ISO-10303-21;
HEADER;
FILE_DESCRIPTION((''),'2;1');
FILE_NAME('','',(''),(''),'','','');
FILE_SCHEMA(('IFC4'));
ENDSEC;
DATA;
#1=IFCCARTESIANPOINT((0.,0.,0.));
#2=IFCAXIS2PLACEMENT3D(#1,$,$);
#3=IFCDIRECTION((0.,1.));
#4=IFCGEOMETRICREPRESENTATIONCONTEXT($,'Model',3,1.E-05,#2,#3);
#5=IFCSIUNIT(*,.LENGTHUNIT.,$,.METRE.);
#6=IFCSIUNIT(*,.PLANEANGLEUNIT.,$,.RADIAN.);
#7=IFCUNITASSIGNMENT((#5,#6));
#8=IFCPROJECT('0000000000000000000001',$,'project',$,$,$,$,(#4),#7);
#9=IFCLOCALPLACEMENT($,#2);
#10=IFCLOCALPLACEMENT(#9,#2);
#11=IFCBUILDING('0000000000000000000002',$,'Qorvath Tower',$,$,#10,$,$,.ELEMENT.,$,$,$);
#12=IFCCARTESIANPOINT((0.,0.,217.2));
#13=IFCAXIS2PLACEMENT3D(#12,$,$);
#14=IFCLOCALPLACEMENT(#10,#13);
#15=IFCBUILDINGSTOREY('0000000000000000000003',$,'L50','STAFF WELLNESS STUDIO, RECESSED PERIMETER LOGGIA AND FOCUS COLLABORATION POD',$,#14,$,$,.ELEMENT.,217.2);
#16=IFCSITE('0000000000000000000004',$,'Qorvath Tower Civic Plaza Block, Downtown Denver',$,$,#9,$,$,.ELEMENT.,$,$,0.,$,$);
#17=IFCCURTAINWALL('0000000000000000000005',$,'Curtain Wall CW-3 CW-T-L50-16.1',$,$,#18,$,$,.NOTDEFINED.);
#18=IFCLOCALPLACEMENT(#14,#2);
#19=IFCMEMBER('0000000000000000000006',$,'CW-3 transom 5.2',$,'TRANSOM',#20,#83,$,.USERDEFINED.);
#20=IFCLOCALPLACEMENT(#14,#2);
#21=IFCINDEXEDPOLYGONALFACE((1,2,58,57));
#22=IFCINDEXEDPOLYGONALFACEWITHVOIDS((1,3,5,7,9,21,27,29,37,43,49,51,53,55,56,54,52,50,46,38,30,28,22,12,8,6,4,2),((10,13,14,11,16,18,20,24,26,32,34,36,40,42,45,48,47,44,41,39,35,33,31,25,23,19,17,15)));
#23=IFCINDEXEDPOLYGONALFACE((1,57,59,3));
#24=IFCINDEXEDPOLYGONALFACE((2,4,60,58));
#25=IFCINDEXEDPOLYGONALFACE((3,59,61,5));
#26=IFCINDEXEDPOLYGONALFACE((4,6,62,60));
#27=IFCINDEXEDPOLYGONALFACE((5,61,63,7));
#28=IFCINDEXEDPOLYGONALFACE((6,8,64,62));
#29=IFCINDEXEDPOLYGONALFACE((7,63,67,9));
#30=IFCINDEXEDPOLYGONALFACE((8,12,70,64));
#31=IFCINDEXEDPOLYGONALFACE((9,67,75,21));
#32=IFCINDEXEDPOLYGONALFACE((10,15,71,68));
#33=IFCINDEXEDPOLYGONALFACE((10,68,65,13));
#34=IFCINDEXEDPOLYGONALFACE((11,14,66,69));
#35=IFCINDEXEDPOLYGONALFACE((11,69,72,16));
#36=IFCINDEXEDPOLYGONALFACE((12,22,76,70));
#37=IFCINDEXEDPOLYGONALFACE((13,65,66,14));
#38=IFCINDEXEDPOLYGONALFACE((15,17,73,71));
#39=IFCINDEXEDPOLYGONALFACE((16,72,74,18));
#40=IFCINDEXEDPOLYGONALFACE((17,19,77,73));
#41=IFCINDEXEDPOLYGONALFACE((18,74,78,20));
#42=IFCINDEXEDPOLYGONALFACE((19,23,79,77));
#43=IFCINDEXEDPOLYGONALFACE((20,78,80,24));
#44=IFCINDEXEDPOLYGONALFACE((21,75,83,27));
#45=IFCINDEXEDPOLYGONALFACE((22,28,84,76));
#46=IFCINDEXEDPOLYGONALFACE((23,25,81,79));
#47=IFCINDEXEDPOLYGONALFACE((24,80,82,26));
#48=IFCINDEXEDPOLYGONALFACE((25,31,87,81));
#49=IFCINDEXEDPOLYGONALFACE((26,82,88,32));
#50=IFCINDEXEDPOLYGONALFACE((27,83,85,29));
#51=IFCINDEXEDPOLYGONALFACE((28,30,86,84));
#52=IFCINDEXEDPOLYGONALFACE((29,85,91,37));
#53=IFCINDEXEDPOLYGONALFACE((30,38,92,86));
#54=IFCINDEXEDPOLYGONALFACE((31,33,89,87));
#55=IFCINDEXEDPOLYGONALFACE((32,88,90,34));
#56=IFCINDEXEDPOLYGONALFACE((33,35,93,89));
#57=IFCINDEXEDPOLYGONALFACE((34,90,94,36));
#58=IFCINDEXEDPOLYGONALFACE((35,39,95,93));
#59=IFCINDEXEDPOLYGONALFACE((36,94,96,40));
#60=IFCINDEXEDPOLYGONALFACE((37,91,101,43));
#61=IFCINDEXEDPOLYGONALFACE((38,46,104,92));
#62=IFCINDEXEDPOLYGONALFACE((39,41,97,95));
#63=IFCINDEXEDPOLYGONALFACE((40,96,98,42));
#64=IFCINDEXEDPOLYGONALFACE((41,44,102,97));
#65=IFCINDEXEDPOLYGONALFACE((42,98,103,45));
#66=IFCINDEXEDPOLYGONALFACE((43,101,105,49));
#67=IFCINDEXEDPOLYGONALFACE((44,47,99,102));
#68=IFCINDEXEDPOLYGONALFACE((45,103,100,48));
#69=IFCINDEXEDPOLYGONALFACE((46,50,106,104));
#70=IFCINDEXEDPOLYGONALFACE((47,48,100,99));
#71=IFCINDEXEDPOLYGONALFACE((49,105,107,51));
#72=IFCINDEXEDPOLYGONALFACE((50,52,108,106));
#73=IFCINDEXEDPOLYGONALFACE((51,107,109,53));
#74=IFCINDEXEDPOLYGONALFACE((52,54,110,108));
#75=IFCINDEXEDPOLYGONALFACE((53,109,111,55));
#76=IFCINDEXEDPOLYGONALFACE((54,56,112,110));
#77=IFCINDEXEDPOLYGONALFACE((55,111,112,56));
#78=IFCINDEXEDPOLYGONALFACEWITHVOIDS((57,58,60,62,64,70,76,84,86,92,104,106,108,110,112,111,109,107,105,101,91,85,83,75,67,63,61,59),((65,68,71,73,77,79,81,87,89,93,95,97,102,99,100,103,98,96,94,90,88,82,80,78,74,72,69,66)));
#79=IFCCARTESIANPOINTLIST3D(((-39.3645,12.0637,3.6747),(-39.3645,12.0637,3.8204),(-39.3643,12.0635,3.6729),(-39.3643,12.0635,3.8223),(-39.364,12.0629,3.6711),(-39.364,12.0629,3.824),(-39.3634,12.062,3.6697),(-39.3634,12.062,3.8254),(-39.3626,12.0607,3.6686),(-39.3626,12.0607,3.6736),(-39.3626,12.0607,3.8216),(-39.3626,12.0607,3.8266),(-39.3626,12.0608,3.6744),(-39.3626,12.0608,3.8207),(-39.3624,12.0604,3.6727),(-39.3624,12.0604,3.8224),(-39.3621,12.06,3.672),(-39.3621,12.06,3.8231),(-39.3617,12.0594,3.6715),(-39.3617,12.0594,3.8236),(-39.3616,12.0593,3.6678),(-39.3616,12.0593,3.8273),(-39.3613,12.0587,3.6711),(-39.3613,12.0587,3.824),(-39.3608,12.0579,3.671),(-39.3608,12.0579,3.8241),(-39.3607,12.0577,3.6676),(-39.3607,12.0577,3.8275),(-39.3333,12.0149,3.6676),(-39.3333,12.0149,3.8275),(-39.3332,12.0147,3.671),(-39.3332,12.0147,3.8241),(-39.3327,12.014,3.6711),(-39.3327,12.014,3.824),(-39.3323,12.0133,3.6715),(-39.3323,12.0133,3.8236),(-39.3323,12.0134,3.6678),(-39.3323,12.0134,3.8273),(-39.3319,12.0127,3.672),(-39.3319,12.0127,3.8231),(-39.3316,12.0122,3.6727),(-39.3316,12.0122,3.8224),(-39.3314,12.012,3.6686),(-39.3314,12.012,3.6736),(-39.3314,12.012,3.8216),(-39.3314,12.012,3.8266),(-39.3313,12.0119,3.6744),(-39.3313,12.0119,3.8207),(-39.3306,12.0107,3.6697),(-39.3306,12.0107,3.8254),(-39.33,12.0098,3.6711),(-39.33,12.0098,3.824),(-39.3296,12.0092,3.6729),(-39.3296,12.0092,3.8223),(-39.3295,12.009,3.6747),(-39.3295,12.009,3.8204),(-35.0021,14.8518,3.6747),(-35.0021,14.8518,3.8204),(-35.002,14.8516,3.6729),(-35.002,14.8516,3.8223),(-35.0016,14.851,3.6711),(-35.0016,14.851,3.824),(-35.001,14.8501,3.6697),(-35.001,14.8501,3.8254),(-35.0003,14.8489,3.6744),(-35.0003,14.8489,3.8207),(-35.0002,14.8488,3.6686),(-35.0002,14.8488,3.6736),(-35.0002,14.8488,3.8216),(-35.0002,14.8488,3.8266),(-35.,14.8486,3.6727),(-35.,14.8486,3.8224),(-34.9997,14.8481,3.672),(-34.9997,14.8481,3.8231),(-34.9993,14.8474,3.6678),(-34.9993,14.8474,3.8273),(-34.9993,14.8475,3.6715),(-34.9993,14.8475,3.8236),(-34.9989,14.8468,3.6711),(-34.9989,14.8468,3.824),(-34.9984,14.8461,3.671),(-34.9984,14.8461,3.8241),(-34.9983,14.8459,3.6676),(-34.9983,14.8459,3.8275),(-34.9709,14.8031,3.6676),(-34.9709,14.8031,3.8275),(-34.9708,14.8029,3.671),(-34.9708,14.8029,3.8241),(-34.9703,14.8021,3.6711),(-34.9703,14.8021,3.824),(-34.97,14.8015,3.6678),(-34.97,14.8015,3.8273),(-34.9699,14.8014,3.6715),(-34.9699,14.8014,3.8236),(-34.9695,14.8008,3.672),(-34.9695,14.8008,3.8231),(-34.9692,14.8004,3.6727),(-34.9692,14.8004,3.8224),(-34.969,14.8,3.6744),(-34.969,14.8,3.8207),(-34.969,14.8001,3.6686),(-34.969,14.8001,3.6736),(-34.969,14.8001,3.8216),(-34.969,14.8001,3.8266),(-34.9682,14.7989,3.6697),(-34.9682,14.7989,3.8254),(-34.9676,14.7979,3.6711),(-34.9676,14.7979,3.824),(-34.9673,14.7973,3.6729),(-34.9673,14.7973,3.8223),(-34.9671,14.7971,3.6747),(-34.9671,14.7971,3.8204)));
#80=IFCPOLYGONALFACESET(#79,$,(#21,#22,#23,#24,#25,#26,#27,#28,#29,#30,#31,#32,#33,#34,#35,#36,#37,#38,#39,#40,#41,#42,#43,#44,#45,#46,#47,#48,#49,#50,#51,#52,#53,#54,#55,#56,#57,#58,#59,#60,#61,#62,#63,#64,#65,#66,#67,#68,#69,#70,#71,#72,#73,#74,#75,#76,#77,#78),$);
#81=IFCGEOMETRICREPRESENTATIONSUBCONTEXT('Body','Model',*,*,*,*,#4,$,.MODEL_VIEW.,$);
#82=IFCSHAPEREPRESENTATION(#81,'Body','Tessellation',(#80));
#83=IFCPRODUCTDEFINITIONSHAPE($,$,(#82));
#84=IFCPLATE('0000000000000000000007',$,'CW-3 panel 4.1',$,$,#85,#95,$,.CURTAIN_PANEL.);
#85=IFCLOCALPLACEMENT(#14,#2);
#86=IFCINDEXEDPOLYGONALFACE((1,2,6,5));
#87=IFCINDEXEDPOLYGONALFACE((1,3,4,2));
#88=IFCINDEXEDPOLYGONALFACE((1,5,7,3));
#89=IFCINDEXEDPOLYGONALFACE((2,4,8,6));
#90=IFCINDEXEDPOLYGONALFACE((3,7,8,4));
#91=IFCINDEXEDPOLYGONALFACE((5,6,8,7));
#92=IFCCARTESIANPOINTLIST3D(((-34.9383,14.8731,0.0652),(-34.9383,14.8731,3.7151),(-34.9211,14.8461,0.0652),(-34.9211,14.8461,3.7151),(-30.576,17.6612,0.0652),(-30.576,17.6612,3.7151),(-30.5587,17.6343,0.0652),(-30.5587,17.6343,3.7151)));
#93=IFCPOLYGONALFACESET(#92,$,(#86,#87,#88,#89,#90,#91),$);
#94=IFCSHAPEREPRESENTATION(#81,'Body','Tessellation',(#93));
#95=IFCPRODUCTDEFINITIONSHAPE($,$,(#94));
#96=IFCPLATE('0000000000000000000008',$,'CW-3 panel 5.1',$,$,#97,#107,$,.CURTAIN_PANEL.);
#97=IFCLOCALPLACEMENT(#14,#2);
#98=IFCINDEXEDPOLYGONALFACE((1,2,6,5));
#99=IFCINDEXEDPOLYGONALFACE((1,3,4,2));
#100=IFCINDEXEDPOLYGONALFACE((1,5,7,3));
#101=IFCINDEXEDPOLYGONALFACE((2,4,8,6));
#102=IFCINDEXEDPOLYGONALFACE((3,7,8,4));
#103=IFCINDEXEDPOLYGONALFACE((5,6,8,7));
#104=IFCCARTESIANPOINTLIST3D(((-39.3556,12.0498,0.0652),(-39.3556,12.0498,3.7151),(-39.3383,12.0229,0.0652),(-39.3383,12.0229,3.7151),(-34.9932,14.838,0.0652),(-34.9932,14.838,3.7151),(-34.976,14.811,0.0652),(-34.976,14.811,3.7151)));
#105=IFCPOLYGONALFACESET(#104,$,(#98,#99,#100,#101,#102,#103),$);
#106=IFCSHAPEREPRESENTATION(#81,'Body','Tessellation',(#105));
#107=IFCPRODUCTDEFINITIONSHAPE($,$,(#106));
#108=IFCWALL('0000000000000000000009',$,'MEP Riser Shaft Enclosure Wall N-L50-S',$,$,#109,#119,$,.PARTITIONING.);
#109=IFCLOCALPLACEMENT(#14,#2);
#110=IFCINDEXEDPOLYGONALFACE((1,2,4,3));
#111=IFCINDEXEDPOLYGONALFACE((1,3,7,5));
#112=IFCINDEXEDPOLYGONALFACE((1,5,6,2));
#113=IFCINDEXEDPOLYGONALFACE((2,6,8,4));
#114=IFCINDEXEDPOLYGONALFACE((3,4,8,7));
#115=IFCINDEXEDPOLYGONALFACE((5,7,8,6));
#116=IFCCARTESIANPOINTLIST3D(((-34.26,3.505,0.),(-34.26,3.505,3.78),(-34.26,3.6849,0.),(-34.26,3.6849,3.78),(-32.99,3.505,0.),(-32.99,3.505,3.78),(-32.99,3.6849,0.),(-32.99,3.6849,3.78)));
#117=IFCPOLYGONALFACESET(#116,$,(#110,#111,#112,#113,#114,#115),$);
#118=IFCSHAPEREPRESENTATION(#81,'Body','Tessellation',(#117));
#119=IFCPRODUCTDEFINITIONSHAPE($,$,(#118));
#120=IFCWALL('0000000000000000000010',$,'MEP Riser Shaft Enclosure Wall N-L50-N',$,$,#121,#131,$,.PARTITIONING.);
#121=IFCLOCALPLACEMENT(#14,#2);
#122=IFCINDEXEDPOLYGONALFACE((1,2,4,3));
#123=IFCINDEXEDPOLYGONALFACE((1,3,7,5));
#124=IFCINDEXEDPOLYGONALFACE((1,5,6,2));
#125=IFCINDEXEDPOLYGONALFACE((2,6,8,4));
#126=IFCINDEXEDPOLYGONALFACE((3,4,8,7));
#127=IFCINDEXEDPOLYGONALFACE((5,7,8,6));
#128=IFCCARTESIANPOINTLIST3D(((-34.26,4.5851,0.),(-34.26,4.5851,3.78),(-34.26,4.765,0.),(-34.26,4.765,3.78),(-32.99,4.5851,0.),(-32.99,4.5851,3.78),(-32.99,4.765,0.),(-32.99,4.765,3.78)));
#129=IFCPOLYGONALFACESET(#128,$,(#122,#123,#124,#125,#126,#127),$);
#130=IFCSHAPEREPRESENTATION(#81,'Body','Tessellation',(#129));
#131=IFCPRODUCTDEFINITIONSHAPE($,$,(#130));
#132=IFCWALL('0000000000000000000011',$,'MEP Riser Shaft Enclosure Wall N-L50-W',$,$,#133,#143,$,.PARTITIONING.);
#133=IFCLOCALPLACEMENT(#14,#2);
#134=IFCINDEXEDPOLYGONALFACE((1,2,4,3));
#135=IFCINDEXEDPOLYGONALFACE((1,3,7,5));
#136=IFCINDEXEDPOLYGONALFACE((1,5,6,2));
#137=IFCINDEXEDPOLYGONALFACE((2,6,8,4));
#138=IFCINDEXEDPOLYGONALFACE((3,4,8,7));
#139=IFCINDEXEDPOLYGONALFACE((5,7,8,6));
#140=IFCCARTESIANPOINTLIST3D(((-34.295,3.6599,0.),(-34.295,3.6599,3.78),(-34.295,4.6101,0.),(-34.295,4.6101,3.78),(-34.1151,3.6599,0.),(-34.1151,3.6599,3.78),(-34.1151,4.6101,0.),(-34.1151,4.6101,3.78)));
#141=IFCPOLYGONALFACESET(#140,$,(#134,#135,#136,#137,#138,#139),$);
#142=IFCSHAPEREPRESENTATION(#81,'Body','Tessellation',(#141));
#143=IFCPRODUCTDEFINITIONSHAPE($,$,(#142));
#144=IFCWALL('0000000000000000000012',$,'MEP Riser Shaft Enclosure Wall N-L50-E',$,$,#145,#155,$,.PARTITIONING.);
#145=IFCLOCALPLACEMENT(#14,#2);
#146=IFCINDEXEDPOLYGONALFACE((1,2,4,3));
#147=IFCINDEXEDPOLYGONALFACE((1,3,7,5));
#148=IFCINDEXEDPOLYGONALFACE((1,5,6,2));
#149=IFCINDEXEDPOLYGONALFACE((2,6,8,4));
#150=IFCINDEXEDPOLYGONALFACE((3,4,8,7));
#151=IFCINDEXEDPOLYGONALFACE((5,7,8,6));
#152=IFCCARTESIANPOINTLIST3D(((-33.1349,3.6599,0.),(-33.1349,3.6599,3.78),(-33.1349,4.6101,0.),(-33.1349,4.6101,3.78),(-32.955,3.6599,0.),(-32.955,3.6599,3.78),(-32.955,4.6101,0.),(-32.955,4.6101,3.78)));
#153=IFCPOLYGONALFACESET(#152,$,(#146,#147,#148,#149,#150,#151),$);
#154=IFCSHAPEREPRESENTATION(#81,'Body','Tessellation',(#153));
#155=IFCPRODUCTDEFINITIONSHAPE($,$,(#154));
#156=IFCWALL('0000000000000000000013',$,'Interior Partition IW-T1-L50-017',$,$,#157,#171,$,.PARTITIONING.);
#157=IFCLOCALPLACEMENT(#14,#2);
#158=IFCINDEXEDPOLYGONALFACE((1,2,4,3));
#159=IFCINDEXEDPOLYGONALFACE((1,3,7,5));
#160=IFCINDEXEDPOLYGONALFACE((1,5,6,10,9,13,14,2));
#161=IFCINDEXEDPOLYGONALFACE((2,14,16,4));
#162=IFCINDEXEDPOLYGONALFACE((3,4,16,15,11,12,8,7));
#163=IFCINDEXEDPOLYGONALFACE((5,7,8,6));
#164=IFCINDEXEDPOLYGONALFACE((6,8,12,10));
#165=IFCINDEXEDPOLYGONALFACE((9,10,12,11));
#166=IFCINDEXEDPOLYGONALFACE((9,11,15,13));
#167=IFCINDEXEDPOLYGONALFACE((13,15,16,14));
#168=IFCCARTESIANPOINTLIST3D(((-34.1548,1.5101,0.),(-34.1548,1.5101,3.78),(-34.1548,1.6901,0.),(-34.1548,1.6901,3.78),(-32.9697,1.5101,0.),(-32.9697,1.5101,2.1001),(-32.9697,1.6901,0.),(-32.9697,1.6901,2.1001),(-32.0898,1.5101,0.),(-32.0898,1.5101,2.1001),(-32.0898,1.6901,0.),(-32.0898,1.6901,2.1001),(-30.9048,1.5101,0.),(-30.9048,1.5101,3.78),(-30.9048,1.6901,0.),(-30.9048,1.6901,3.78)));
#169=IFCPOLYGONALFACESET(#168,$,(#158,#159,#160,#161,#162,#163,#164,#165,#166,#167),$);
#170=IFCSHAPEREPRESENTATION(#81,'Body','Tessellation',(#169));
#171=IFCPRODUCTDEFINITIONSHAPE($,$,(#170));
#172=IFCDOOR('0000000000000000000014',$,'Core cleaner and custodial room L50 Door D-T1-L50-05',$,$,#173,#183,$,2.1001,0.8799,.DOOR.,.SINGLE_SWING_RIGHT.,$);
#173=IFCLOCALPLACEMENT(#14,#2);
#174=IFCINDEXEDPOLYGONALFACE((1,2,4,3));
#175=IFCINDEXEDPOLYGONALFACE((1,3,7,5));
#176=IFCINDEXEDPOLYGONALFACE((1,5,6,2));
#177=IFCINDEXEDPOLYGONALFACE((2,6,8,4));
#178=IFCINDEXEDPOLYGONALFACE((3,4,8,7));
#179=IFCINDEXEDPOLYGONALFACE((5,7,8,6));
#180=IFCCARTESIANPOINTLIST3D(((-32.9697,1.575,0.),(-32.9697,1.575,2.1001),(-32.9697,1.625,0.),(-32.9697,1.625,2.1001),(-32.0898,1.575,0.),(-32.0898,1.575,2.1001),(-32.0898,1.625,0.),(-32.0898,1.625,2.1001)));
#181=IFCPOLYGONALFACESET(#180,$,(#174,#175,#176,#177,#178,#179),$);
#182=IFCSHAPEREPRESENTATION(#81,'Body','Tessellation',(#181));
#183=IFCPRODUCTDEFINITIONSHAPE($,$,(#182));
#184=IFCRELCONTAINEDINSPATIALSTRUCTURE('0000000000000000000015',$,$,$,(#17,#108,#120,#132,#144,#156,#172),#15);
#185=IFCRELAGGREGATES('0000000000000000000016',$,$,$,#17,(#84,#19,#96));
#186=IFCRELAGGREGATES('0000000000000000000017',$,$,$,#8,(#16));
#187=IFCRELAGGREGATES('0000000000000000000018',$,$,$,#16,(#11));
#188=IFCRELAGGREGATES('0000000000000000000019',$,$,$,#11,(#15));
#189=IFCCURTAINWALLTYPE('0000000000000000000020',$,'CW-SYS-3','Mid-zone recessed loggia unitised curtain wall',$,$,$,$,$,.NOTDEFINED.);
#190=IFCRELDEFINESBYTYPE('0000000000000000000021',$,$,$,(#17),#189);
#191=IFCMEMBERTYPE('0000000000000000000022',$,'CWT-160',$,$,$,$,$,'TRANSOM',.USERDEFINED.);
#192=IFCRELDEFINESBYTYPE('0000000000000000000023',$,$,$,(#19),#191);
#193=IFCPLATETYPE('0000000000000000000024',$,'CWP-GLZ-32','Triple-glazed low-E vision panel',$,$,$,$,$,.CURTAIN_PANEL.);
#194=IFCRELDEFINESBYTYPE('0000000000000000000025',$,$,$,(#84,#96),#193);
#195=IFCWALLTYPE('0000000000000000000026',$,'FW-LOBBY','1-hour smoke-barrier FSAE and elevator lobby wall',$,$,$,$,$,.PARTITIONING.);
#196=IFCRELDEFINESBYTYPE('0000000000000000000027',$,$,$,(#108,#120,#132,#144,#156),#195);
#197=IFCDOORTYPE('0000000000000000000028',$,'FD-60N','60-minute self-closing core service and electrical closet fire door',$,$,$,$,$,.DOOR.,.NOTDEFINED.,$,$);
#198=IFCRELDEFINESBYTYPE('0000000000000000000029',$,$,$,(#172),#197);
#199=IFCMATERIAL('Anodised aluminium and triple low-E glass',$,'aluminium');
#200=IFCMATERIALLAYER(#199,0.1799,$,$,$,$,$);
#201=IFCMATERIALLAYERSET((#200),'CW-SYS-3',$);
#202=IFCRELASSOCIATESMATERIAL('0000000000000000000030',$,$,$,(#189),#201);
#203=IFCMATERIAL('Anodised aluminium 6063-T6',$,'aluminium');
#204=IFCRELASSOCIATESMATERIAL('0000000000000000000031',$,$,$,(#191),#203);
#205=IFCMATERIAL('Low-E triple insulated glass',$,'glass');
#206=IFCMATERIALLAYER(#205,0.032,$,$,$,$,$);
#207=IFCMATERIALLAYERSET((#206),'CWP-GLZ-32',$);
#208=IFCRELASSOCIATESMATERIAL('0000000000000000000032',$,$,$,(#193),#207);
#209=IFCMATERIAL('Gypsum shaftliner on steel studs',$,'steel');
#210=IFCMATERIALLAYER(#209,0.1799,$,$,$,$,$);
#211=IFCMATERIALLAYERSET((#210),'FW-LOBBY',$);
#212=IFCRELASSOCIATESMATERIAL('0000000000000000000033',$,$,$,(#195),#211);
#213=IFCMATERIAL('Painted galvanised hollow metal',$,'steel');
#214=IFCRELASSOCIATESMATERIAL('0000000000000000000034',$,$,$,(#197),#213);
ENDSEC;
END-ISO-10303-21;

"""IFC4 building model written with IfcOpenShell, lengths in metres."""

from ifc_helpers import new_model, si_unit, direction, frame, frame_2d, origin, origin_2d, place, context, subcontext, project, spatial, rectangle, hollow_rectangle, extrude, material, layer, layer_set, material_profile, profile_set, type_object, element, fill, aggregate, save


model = new_model("IFC4")

# Units and contexts
model_context = context("Model", 3, precision=1e-05, world=origin(), true_north=direction((0.0, 1.0)))
body_context = subcontext(model_context, "Body", "Model", "MODEL_VIEW")
ifc_project = project(units=[si_unit("LENGTHUNIT", "METRE"), si_unit("PLANEANGLEUNIT", "RADIAN")], contexts=[model_context])

# Site, building, storey
site_placement = place(None, origin())
site = spatial("IfcSite", under=ifc_project, at=site_placement, Name="Qorvath Tower Civic Plaza Block, Downtown Denver", CompositionType="ELEMENT", RefElevation=0.0)
building_placement = place(site_placement, origin())
building = spatial("IfcBuilding", under=site, at=building_placement, Name="Qorvath Tower", CompositionType="ELEMENT")
storey_placement = place(building_placement, frame((0.0, 0.0, 217.2)))
storey = spatial("IfcBuildingStorey", under=building, at=storey_placement, Name="L50", Description="STAFF WELLNESS STUDIO, RECESSED PERIMETER LOGGIA AND FOCUS COLLABORATION POD", CompositionType="ELEMENT", Elevation=217.2)

# Curtain wall, member, plates
ifc_material_1 = material(Name="Anodised aluminium and triple low-E glass", Category="aluminium")
ifc_layer_1 = layer(ifc_material_1, 0.1799)
ifc_layer_set_1 = layer_set([ifc_layer_1], Name="CW-SYS-3")
curtain_wall_type = type_object("IfcCurtainWallType", Name="CW-SYS-3", Description="Mid-zone recessed loggia unitised curtain wall", PredefinedType="NOTDEFINED", material=ifc_layer_set_1)
curtain_wall_placement = place(storey_placement, origin())
curtain_wall = element("IfcCurtainWall", 1, at=curtain_wall_placement, inside=storey, type_object=curtain_wall_type, Name="Curtain Wall CW-3 CW-T-L50-16.1", PredefinedType="NOTDEFINED")
ifc_material_2 = material(Name="Anodised aluminium 6063-T6", Category="aluminium")
ifc_material_profile_1 = material_profile(ifc_material_2, hollow_rectangle(XDim=0.0649, YDim=0.1599, WallThickness=0.0034, InnerFilletRadius=0.0034, OuterFilletRadius=0.0071, at=origin_2d()), Name="CWT 160x65")
ifc_profile_set_1 = profile_set([ifc_material_profile_1], Name="Anodised aluminium 6063-T6")
member_type_1 = type_object("IfcMemberType", Name="CWT-160", ElementType="TRANSOM", PredefinedType="USERDEFINED", material=ifc_profile_set_1)
member_1_placement = place(storey_placement, frame((-34.9846, 14.8245, 3.7476), z_axis=(-0.842604, -0.538534, 0.0), x_axis=(0.538534, -0.842604, 0.0)))
member_1 = element("IfcMember", 2, at=member_1_placement, type_object=member_type_1, Name="CW-3 transom 5.2", ObjectType="TRANSOM", PredefinedType="USERDEFINED", context=body_context, shape_type="SweptSolid", body=[
    extrude(hollow_rectangle(XDim=0.0649, YDim=0.1599, WallThickness=0.0034, InnerFilletRadius=0.0034, OuterFilletRadius=0.0071, at=origin_2d()), origin(), (0.0, 0.0, 1.0), 5.1772),
])
ifc_material_3 = material(Name="Low-E triple insulated glass", Category="glass")
ifc_layer_2 = layer(ifc_material_3, 0.032)
ifc_layer_set_2 = layer_set([ifc_layer_2], Name="CWP-GLZ-32")
plate_type = type_object("IfcPlateType", Name="CWP-GLZ-32", Description="Triple-glazed low-E vision panel", PredefinedType="CURTAIN_PANEL", material=ifc_layer_set_2)
plate_1_placement = place(storey_placement, frame((-32.7485, 16.2537, 0.0652), z_axis=(0.0, 0.0, 1.0), x_axis=(-0.842603, -0.538535, 0.0)))
plate_1 = element("IfcPlate", 3, at=plate_1_placement, type_object=plate_type, Name="CW-3 panel 4.1", PredefinedType="CURTAIN_PANEL", context=body_context, shape_type="SweptSolid", body=[
    extrude(rectangle(XDim=5.1772, YDim=0.032, at=origin_2d()), origin(), (0.0, 0.0, 1.0), 3.6499),
])
plate_2_placement = place(storey_placement, frame((-37.1658, 13.4304, 0.0652), z_axis=(0.0, 0.0, 1.0), x_axis=(-0.842603, -0.538535, 0.0)))
plate_2 = element("IfcPlate", 4, at=plate_2_placement, type_object=plate_type, Name="CW-3 panel 5.1", PredefinedType="CURTAIN_PANEL", context=body_context, shape_type="SweptSolid", body=[
    extrude(rectangle(XDim=5.1772, YDim=0.032, at=origin_2d()), origin(), (0.0, 0.0, 1.0), 3.6499),
])
aggregate(curtain_wall, [plate_1, member_1, plate_2])

# Walls
ifc_material_4 = material(Name="Gypsum shaftliner on steel studs", Category="steel")
ifc_layer_3 = layer(ifc_material_4, 0.1799)
ifc_layer_set_3 = layer_set([ifc_layer_3], Name="FW-LOBBY")
wall_type_1 = type_object("IfcWallType", Name="FW-LOBBY", Description="1-hour smoke-barrier FSAE and elevator lobby wall", PredefinedType="PARTITIONING", material=ifc_layer_set_3)
for number, where, z_axis, x_axis, name in (
    (5, (-32.99, 3.595, 0.0), (0.0, 0.0, 1.0), (-1.0, 0.0, 0.0), "MEP Riser Shaft Enclosure Wall N-L50-S"),
    (6, (-34.26, 4.675, 0.0), (0.0, 0.0, 1.0), (1.0, 0.0, 0.0), "MEP Riser Shaft Enclosure Wall N-L50-N"),
):
    element("IfcWall", number, at=place(storey_placement, frame(where, z_axis=z_axis, x_axis=x_axis)), inside=storey, type_object=wall_type_1, Name=name, PredefinedType="PARTITIONING", context=body_context, shape_type="SweptSolid", body=[
        extrude(rectangle(XDim=1.27, YDim=0.1799, at=frame_2d((0.635, 0.0))), origin(), (0.0, 0.0, 1.0), 3.78),
    ])
for number, where, z_axis, x_axis, name in (
    (7, (-34.2051, 3.6599, 0.0), (0.0, 0.0, 1.0), (0.0, 1.0, 0.0), "MEP Riser Shaft Enclosure Wall N-L50-W"),
    (8, (-33.0449, 4.6101, 0.0), (0.0, 0.0, 1.0), (0.0, -1.0, 0.0), "MEP Riser Shaft Enclosure Wall N-L50-E"),
):
    element("IfcWall", number, at=place(storey_placement, frame(where, z_axis=z_axis, x_axis=x_axis)), inside=storey, type_object=wall_type_1, Name=name, PredefinedType="PARTITIONING", context=body_context, shape_type="SweptSolid", body=[
        extrude(rectangle(XDim=0.9502, YDim=0.1799, at=frame_2d((0.4751, 0.0))), origin(), (0.0, 0.0, 1.0), 3.78),
    ])

# Wall, opening, door
wall_1_placement = place(storey_placement, frame((-34.1548, 1.6001, 0.0), z_axis=(0.0, 0.0, 1.0), x_axis=(1.0, 0.0, 0.0)))
wall_1 = element("IfcWall", 9, at=wall_1_placement, inside=storey, type_object=wall_type_1, Name="Interior Partition IW-T1-L50-017", PredefinedType="PARTITIONING", context=body_context, shape_type="SweptSolid", body=[
    extrude(rectangle(XDim=3.25, YDim=0.1799, at=frame_2d((1.625, 0.0))), origin(), (0.0, 0.0, 1.0), 3.78),
])
opening_1_placement = place(wall_1_placement, frame((1.1851, 0.0, 0.0)))
opening_1 = element("IfcOpeningElement", 10, at=opening_1_placement, cuts=wall_1, PredefinedType="OPENING", context=body_context, shape_type="SweptSolid", body=[
    extrude(rectangle(XDim=0.8799, YDim=2.1001, at=frame_2d((0.4399, 1.05))), frame((0.0, 0.1001, 0.0), z_axis=(0.0, -1.0, 0.0), x_axis=(1.0, 0.0, 0.0)), (0.0, 0.0, 1.0), 0.2),
])
ifc_material_5 = material(Name="Painted galvanised hollow metal", Category="steel")
door_type_1 = type_object("IfcDoorType", Name="FD-60N", Description="60-minute self-closing core service and electrical closet fire door", OperationType="NOTDEFINED", PredefinedType="DOOR", material=ifc_material_5)
door_1_placement = place(opening_1_placement, origin())
door_1 = element("IfcDoor", 11, at=door_1_placement, inside=storey, type_object=door_type_1, Name="Core cleaner and custodial room L50 Door D-T1-L50-05", OperationType="SINGLE_SWING_RIGHT", OverallHeight=2.1001, OverallWidth=0.8799, PredefinedType="DOOR", context=body_context, shape_type="SweptSolid", body=[
    extrude(rectangle(XDim=0.8799, YDim=2.1001, at=frame_2d((0.4399, 1.05))), frame((0.0, 0.0249, 0.0), z_axis=(0.0, -1.0, 0.0), x_axis=(1.0, 0.0, 0.0)), (0.0, 0.0, 1.0), 0.05),
])
fill(opening_1, door_1)

save(model, "model.ifc")
